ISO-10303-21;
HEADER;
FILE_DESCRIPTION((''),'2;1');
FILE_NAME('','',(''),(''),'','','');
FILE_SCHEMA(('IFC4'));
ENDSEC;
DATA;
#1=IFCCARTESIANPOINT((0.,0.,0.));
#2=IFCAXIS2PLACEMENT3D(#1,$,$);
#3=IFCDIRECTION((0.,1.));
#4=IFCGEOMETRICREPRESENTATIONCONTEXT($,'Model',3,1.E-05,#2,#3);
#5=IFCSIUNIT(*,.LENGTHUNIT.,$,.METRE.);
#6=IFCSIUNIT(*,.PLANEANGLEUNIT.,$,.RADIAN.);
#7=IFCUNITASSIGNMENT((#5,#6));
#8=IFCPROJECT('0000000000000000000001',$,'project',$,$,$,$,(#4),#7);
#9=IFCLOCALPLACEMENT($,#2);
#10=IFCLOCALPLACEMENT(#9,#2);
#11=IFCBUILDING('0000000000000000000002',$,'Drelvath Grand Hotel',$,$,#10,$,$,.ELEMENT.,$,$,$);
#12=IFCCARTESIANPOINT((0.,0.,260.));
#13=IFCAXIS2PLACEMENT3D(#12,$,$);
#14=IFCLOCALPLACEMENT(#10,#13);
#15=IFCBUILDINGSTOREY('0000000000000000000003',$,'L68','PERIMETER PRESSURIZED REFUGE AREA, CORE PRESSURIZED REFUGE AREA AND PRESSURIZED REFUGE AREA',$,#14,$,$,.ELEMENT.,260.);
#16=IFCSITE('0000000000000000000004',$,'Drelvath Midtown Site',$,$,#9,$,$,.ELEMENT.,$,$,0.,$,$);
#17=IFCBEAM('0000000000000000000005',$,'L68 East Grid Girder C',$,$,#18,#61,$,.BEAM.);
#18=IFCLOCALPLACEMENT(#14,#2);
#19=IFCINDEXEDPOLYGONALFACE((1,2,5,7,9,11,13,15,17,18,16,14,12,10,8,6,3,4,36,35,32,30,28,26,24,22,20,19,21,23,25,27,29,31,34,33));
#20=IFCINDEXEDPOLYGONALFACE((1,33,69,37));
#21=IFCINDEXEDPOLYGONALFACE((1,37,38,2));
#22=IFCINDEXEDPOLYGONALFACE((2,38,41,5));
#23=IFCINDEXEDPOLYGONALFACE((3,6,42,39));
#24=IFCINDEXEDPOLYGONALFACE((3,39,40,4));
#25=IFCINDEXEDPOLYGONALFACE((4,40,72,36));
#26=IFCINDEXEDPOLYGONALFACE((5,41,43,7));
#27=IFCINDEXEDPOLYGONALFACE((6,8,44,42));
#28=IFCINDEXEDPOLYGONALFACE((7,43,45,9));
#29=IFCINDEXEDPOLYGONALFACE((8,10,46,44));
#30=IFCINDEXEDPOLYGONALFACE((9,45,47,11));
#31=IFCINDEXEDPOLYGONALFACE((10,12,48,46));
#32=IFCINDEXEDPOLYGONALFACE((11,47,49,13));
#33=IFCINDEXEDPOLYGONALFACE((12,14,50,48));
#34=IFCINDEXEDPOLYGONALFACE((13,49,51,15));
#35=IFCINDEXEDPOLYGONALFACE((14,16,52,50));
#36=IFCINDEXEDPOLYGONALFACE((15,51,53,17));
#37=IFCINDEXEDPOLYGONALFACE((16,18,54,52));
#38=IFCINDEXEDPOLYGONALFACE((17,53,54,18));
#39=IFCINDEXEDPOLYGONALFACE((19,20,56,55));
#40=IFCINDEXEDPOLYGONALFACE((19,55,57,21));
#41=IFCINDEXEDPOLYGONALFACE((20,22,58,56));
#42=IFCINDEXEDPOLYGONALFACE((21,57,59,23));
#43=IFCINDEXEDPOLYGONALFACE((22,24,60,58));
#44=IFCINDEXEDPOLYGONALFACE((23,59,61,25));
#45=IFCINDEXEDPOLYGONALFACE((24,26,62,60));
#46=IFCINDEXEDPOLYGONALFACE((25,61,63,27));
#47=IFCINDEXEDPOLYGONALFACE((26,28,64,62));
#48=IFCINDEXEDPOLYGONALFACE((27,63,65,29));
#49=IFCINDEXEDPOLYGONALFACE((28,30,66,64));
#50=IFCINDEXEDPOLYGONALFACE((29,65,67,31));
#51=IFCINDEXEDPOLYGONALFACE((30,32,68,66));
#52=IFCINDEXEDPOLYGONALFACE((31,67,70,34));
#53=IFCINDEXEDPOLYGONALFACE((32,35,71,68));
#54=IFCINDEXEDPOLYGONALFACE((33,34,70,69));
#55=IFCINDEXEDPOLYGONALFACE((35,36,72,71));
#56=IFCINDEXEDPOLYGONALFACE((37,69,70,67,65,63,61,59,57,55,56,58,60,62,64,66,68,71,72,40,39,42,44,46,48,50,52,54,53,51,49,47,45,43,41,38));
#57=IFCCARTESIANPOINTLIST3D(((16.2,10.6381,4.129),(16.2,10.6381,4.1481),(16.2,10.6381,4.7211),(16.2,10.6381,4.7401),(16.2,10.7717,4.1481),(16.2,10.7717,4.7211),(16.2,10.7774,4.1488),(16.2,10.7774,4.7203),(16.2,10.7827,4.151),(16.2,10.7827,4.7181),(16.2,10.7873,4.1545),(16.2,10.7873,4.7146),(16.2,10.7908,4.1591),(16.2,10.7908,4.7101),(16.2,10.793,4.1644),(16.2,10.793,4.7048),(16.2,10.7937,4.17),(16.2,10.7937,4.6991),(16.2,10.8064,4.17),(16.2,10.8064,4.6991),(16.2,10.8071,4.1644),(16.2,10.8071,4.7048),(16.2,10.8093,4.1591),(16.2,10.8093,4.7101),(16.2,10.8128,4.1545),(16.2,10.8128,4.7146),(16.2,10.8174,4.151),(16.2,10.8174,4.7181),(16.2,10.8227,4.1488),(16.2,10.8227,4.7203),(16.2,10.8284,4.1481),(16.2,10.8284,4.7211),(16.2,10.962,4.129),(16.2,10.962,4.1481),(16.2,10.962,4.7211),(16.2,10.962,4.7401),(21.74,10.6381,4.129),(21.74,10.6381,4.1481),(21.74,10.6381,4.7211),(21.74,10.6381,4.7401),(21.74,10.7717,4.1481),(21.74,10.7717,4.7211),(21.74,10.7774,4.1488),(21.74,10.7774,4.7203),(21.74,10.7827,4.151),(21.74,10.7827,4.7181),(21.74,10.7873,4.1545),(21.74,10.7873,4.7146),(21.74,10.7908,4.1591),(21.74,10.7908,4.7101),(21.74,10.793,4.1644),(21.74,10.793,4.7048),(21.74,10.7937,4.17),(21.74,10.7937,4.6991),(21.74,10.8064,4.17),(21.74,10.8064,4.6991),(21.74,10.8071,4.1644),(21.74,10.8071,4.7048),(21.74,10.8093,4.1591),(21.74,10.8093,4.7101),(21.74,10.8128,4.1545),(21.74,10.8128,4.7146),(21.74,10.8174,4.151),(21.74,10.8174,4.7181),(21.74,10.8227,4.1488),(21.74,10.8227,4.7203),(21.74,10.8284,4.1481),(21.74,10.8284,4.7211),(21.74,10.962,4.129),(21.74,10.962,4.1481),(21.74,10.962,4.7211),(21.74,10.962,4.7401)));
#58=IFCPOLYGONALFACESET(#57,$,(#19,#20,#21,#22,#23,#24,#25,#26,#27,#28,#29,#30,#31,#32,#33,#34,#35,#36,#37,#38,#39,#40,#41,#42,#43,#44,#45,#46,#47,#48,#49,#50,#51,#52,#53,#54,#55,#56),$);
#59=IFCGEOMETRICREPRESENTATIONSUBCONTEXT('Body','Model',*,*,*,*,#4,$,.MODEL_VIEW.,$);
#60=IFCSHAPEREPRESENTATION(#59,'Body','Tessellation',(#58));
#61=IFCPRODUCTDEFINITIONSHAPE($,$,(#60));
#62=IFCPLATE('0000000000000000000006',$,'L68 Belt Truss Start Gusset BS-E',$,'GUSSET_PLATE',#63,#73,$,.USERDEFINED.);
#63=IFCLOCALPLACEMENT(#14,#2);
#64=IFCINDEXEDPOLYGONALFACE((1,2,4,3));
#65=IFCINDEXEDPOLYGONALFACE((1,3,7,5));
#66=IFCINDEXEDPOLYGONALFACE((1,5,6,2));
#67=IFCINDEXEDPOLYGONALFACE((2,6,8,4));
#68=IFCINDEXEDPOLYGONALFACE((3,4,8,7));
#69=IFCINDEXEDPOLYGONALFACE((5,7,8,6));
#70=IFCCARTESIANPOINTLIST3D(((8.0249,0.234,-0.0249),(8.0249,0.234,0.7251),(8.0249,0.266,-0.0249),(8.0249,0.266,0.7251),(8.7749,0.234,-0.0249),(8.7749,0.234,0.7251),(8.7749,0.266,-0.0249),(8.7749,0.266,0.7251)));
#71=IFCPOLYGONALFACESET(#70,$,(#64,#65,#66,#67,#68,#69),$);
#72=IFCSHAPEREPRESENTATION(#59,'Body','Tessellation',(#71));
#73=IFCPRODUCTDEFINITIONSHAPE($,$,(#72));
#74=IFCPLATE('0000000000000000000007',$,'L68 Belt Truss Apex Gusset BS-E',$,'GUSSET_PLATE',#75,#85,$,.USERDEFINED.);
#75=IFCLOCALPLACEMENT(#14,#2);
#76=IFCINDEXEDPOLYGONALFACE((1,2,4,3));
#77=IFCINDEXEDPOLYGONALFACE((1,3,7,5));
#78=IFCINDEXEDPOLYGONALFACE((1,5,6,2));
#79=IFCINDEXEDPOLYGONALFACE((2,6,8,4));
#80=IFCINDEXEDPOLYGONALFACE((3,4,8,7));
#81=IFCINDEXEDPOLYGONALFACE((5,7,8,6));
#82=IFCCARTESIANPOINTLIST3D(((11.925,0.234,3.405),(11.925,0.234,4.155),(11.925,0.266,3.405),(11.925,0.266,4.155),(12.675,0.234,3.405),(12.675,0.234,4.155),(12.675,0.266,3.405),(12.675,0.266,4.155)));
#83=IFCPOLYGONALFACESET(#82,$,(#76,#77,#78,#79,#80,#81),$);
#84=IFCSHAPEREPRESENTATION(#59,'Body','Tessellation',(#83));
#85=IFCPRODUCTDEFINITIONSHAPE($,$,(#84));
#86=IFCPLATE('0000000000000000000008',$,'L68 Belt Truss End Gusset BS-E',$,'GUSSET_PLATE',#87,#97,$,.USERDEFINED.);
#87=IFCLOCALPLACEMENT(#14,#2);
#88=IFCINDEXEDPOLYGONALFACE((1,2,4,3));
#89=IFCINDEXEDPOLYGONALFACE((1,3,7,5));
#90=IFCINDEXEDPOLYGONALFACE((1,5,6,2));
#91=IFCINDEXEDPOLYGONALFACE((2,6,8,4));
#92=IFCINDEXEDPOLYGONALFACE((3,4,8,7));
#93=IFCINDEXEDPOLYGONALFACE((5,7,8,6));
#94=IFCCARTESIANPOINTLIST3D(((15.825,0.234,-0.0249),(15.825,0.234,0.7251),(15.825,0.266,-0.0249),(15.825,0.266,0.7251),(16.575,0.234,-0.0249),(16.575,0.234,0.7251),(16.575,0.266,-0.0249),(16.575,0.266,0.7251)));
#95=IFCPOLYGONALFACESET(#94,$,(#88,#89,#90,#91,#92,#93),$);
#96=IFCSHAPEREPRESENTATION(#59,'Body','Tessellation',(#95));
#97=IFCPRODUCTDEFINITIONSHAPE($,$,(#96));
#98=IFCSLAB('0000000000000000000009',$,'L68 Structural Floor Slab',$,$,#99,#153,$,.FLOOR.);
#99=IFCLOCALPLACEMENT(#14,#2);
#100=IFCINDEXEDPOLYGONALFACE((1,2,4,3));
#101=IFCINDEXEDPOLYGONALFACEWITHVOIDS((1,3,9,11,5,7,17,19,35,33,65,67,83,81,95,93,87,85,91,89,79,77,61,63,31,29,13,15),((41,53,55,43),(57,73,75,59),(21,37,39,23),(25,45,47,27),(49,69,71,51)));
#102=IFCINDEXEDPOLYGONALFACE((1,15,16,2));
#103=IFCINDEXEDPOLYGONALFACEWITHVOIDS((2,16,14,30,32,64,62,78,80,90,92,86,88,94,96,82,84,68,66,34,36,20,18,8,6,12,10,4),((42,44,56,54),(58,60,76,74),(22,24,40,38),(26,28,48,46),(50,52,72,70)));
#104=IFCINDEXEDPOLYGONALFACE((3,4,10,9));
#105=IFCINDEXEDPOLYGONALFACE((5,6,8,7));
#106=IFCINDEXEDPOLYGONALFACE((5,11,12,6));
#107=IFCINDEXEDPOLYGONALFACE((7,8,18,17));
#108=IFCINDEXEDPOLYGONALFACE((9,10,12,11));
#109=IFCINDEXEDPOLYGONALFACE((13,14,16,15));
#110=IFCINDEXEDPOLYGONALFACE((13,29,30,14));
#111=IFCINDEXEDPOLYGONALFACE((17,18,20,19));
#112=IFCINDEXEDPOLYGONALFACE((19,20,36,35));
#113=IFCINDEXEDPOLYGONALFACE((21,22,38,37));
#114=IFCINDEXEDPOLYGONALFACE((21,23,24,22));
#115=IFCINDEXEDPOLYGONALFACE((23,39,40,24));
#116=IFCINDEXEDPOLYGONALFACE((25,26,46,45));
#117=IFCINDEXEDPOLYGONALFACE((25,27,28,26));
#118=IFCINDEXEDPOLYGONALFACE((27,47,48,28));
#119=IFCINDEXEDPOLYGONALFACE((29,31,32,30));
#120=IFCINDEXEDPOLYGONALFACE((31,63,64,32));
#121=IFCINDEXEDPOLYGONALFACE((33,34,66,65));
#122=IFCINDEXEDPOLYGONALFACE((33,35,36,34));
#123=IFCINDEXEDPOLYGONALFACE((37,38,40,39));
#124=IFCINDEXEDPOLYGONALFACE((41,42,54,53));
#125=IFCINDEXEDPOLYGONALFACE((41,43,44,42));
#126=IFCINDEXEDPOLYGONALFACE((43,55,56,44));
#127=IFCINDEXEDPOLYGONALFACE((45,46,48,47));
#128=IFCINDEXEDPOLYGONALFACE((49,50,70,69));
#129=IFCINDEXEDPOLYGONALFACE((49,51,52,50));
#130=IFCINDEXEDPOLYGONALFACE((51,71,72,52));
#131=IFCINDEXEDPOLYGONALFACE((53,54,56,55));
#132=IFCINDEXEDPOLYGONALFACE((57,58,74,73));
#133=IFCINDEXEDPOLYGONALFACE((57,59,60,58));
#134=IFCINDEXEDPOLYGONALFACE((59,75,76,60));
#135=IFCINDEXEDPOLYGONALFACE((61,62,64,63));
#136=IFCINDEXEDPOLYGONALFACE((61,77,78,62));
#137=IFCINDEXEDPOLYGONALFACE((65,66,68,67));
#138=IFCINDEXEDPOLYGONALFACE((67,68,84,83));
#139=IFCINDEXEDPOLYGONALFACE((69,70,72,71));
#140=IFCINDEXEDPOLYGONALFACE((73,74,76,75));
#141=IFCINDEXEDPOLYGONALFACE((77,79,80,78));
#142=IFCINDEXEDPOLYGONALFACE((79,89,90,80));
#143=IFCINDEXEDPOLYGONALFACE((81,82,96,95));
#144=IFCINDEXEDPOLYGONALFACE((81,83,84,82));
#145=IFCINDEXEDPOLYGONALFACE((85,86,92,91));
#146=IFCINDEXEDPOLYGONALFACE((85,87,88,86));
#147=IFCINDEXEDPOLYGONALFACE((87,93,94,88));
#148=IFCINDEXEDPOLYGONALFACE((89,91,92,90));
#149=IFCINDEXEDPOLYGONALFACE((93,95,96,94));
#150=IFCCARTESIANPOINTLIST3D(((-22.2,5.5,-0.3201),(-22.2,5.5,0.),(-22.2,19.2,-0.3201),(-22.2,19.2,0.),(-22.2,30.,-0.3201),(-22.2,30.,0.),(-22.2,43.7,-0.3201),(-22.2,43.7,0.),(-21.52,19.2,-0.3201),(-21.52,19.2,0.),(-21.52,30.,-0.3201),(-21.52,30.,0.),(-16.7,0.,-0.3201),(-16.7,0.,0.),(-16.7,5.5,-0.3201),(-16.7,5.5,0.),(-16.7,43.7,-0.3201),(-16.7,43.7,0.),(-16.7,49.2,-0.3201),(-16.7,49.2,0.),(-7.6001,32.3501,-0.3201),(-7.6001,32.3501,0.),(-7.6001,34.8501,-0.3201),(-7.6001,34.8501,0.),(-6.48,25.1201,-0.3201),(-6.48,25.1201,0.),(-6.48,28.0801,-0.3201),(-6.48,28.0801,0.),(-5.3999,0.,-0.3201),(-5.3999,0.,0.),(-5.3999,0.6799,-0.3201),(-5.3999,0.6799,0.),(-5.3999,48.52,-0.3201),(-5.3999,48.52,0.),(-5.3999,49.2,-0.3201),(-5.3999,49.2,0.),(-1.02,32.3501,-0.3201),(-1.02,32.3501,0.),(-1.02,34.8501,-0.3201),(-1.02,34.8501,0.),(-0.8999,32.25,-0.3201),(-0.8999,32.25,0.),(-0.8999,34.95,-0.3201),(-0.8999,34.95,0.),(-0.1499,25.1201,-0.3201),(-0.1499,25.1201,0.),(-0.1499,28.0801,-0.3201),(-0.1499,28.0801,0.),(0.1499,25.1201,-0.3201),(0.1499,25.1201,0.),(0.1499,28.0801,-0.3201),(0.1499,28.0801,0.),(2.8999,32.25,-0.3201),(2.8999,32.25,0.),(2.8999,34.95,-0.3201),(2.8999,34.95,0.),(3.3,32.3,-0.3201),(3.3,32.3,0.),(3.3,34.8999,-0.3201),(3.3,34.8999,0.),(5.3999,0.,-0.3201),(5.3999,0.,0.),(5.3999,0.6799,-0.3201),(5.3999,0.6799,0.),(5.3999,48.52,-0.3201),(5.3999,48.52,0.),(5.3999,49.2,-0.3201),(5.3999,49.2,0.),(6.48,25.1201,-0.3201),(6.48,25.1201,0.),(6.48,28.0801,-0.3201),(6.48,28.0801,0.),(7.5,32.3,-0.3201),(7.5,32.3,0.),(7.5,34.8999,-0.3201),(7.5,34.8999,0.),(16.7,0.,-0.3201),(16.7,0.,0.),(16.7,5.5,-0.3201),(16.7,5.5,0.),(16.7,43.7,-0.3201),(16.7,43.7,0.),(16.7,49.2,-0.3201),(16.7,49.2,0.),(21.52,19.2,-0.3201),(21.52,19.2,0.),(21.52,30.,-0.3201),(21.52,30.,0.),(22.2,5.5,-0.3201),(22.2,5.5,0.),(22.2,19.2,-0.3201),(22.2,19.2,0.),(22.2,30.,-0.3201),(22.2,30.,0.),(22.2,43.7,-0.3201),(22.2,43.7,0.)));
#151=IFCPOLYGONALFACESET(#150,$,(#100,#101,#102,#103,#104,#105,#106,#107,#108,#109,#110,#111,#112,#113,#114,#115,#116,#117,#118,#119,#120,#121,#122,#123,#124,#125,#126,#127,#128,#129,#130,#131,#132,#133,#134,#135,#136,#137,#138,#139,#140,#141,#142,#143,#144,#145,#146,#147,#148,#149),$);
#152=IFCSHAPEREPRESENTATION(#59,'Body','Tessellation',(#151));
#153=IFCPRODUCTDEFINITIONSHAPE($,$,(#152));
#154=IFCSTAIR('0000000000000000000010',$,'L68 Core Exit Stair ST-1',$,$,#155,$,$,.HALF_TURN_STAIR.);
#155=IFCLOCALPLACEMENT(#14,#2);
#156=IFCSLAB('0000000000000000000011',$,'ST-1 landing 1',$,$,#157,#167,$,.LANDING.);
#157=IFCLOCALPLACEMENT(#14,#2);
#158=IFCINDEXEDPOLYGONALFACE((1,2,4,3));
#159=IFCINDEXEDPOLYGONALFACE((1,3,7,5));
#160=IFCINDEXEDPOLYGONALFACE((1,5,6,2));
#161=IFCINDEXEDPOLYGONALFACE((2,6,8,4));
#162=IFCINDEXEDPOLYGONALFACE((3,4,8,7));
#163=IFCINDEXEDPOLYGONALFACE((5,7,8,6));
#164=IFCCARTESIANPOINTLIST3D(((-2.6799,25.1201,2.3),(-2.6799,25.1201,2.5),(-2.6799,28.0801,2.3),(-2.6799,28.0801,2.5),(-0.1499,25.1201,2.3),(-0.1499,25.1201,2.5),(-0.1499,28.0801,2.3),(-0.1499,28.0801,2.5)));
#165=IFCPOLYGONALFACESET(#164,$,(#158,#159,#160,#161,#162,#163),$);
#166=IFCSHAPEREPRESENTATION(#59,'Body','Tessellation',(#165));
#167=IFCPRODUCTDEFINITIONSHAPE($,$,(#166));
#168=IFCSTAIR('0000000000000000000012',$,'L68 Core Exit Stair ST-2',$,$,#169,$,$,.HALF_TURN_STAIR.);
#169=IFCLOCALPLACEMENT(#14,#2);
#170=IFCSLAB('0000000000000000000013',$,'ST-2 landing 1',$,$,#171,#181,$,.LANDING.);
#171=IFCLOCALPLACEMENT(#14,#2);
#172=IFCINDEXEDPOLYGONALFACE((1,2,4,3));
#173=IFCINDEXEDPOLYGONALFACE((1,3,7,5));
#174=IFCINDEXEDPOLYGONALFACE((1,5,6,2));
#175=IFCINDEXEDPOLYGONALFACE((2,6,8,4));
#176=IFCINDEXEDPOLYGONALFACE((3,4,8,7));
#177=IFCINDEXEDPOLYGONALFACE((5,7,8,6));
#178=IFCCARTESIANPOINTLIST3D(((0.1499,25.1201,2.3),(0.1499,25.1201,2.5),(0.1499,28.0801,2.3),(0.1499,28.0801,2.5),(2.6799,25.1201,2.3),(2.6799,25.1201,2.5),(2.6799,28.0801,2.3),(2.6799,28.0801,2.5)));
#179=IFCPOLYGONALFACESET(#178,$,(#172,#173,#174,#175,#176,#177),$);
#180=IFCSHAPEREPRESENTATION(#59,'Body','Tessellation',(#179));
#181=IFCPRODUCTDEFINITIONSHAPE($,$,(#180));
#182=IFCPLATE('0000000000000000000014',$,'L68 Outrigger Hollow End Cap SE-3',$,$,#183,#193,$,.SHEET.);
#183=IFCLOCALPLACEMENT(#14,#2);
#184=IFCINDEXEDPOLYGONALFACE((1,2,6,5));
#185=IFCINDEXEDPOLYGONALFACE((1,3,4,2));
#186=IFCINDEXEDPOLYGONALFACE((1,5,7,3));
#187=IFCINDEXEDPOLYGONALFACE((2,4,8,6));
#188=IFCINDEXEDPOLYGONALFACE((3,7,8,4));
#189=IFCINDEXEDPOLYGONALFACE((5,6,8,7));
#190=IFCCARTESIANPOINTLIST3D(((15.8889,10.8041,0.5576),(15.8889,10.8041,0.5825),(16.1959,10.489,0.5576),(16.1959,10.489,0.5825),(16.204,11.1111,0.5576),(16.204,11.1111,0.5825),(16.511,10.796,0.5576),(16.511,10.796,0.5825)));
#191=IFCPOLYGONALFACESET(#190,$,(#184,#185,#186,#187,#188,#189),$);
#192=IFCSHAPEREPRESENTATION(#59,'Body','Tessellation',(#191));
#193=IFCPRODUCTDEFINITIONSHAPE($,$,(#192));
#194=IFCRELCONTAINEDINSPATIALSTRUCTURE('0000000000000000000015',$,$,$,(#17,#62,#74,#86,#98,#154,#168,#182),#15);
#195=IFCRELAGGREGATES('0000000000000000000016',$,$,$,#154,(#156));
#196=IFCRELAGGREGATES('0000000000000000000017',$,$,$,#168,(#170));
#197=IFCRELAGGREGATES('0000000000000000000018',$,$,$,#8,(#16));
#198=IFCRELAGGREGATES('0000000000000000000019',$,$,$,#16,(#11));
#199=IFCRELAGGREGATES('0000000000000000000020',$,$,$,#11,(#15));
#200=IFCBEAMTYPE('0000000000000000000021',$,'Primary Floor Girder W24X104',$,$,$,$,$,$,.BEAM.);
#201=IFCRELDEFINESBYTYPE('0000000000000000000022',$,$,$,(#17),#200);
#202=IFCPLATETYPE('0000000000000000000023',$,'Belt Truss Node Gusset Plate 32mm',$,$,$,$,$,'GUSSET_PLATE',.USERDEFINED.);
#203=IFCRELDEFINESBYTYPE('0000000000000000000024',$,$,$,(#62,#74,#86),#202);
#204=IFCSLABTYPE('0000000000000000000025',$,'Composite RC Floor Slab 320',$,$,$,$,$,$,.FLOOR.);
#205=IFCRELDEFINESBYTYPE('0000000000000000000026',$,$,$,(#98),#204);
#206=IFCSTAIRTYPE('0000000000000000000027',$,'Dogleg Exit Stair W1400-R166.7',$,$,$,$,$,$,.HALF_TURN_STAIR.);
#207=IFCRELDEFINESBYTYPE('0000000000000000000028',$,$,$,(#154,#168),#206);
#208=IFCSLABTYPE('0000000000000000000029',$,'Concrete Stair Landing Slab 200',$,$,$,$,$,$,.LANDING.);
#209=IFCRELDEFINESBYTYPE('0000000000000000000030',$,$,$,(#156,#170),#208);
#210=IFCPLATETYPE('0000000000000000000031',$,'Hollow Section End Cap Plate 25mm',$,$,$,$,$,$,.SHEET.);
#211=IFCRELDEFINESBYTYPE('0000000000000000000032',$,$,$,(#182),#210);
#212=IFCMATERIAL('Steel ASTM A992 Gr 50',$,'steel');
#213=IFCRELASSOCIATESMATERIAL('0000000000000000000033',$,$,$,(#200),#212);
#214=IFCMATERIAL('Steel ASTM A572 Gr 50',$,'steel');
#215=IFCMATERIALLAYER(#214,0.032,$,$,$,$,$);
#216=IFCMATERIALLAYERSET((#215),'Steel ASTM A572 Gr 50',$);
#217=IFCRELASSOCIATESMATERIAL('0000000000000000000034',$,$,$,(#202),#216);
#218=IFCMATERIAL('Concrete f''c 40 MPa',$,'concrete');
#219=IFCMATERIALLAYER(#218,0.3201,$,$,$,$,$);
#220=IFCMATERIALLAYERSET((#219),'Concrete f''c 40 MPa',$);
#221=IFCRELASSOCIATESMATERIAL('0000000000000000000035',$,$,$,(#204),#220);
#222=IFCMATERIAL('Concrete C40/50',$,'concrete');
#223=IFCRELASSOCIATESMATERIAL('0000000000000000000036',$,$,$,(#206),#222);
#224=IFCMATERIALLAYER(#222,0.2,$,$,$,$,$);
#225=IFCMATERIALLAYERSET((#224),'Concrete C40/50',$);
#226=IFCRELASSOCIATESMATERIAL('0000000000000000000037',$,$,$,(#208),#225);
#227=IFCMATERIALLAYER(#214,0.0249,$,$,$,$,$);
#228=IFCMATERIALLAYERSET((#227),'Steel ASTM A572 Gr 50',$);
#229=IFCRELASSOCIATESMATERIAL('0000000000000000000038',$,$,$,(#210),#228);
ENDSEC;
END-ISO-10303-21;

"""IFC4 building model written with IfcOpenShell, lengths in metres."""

from ifc_helpers import new_model, si_unit, direction, frame, origin, origin_2d, place, context, subcontext, project, spatial, polyline, rectangle, i_section, outline, extrude, material, layer, layer_set, material_profile, profile_set, type_object, element, aggregate, save


model = new_model("IFC4")

# Units and contexts
model_context = context("Model", 3, precision=1e-05, world=origin(), true_north=direction((0.0, 1.0)))
body_context = subcontext(model_context, "Body", "Model", "MODEL_VIEW")
ifc_project = project(units=[si_unit("LENGTHUNIT", "METRE"), si_unit("PLANEANGLEUNIT", "RADIAN")], contexts=[model_context])

# Site, building, storey
site_placement = place(None, origin())
site = spatial("IfcSite", under=ifc_project, at=site_placement, Name="Drelvath Midtown Site", CompositionType="ELEMENT", RefElevation=0.0)
building_placement = place(site_placement, origin())
building = spatial("IfcBuilding", under=site, at=building_placement, Name="Drelvath Grand Hotel", CompositionType="ELEMENT")
storey_placement = place(building_placement, frame((0.0, 0.0, 260.0)))
storey = spatial("IfcBuildingStorey", under=building, at=storey_placement, Name="L68", Description="PERIMETER PRESSURIZED REFUGE AREA, CORE PRESSURIZED REFUGE AREA AND PRESSURIZED REFUGE AREA", CompositionType="ELEMENT", Elevation=260.0)

# Shared definitions
ifc_material_1 = material(Name="Steel ASTM A572 Gr 50", Category="steel")
ifc_material_2 = material(Name="Steel ASTM A992 Gr 50", Category="steel")

# Beam
ifc_material_profile_1 = material_profile(ifc_material_2, i_section(OverallWidth=0.324, OverallDepth=0.6111, WebThickness=0.0127, FlangeThickness=0.019, FilletRadius=0.022, at=origin_2d()), Name="W24X104")
ifc_profile_set_1 = profile_set([ifc_material_profile_1], Name="Steel ASTM A992 Gr 50")
beam_type_1 = type_object("IfcBeamType", Name="Primary Floor Girder W24X104", PredefinedType="BEAM", material=ifc_profile_set_1)
beam_1_placement = place(storey_placement, frame((16.2, 10.8, 4.4346), z_axis=(1.0, 0.0, 0.0), x_axis=(0.0, 1.0, 0.0)))
element("IfcBeam", 1, at=beam_1_placement, inside=storey, type_object=beam_type_1, Name="L68 East Grid Girder C", PredefinedType="BEAM", context=body_context, shape_type="SweptSolid", body=[
    extrude(i_section(OverallWidth=0.324, OverallDepth=0.6111, WebThickness=0.0127, FlangeThickness=0.019, FilletRadius=0.022, at=origin_2d()), origin(), (0.0, 0.0, 1.0), 5.54),
])

# Plates
ifc_layer_1 = layer(ifc_material_1, 0.032)
ifc_layer_set_1 = layer_set([ifc_layer_1], Name="Steel ASTM A572 Gr 50")
plate_type_1 = type_object("IfcPlateType", Name="Belt Truss Node Gusset Plate 32mm", ElementType="GUSSET_PLATE", PredefinedType="USERDEFINED", material=ifc_layer_set_1)
for number, where, z_axis, x_axis, name in (
    (2, (8.3999, 0.25, -0.0249), (0.0, 0.0, 1.0), (1.0, 0.0, 0.0), "L68 Belt Truss Start Gusset BS-E"),
    (3, (12.3, 0.25, 3.405), (0.0, 0.0, 1.0), (1.0, 0.0, 0.0), "L68 Belt Truss Apex Gusset BS-E"),
    (4, (16.2, 0.25, -0.0249), (0.0, 0.0, 1.0), (1.0, 0.0, 0.0), "L68 Belt Truss End Gusset BS-E"),
):
    element("IfcPlate", number, at=place(storey_placement, frame(where, z_axis=z_axis, x_axis=x_axis)), inside=storey, type_object=plate_type_1, Name=name, ObjectType="GUSSET_PLATE", PredefinedType="USERDEFINED", context=body_context, shape_type="SweptSolid", body=[
        extrude(rectangle(XDim=0.75, YDim=0.032, at=origin_2d()), origin(), (0.0, 0.0, 1.0), 0.75),
    ])

# Slab
ifc_material_3 = material(Name="Concrete f'c 40 MPa", Category="concrete")
ifc_layer_2 = layer(ifc_material_3, 0.3201)
ifc_layer_set_2 = layer_set([ifc_layer_2], Name="Concrete f'c 40 MPa")
slab_type_1 = type_object("IfcSlabType", Name="Composite RC Floor Slab 320", PredefinedType="FLOOR", material=ifc_layer_set_2)
slab_1_placement = place(storey_placement, frame((0.0, 0.0, -0.3201)))
element("IfcSlab", 5, at=slab_1_placement, inside=storey, type_object=slab_type_1, Name="L68 Structural Floor Slab", PredefinedType="FLOOR", context=body_context, shape_type="SweptSolid", body=[
    extrude(outline(polyline([(-16.7, 0.0), (-5.3999, 0.0), (-5.3999, 0.6799), (5.3999, 0.6799), (5.3999, 0.0), (16.7, 0.0), (16.7, 5.5), (22.2, 5.5), (22.2, 19.2), (21.52, 19.2), (21.52, 30.0), (22.2, 30.0), (22.2, 43.7), (16.7, 43.7), (16.7, 49.2), (5.3999, 49.2), (5.3999, 48.52), (-5.3999, 48.52), (-5.3999, 49.2), (-16.7, 49.2), (-16.7, 43.7), (-22.2, 43.7), (-22.2, 30.0), (-21.52, 30.0), (-21.52, 19.2), (-22.2, 19.2), (-22.2, 5.5), (-16.7, 5.5), (-16.7, 0.0)]), holes=[polyline([(-6.48, 25.1201), (-6.48, 28.0801), (-0.1499, 28.0801), (-0.1499, 25.1201), (-6.48, 25.1201)]), polyline([(0.1499, 25.1201), (0.1499, 28.0801), (6.48, 28.0801), (6.48, 25.1201), (0.1499, 25.1201)]), polyline([(-7.6001, 32.3501), (-7.6001, 34.8501), (-1.02, 34.8501), (-1.02, 32.3501), (-7.6001, 32.3501)]), polyline([(-0.8999, 32.25), (-0.8999, 34.95), (2.8999, 34.95), (2.8999, 32.25), (-0.8999, 32.25)]), polyline([(3.3, 32.3), (3.3, 34.8999), (7.5, 34.8999), (7.5, 32.3), (3.3, 32.3)])]), origin(), (0.0, 0.0, 1.0), 0.3201),
])

# Stairs, slabs
ifc_material_4 = material(Name="Concrete C40/50", Category="concrete")
stair_type = type_object("IfcStairType", Name="Dogleg Exit Stair W1400-R166.7", PredefinedType="HALF_TURN_STAIR", material=ifc_material_4)
stair_1_placement = place(storey_placement, origin())
stair_1 = element("IfcStair", 6, at=stair_1_placement, inside=storey, type_object=stair_type, Name="L68 Core Exit Stair ST-1", PredefinedType="HALF_TURN_STAIR")
ifc_layer_3 = layer(ifc_material_4, 0.2)
ifc_layer_set_3 = layer_set([ifc_layer_3], Name="Concrete C40/50")
slab_type_2 = type_object("IfcSlabType", Name="Concrete Stair Landing Slab 200", PredefinedType="LANDING", material=ifc_layer_set_3)
slab_2_placement = place(storey_placement, frame((0.0, 0.0, 2.3)))
slab_2 = element("IfcSlab", 7, at=slab_2_placement, type_object=slab_type_2, Name="ST-1 landing 1", PredefinedType="LANDING", context=body_context, shape_type="SweptSolid", body=[
    extrude(outline(polyline([(-2.6799, 25.1201), (-0.1499, 25.1201), (-0.1499, 28.0801), (-2.6799, 28.0801), (-2.6799, 25.1201)])), origin(), (0.0, 0.0, 1.0), 0.2),
])
aggregate(stair_1, [slab_2])
stair_2_placement = place(storey_placement, origin())
stair_2 = element("IfcStair", 8, at=stair_2_placement, inside=storey, type_object=stair_type, Name="L68 Core Exit Stair ST-2", PredefinedType="HALF_TURN_STAIR")
slab_3_placement = place(storey_placement, frame((0.0, 0.0, 2.3)))
slab_3 = element("IfcSlab", 9, at=slab_3_placement, type_object=slab_type_2, Name="ST-2 landing 1", PredefinedType="LANDING", context=body_context, shape_type="SweptSolid", body=[
    extrude(outline(polyline([(2.6799, 28.0801), (0.1499, 28.0801), (0.1499, 25.1201), (2.6799, 25.1201), (2.6799, 28.0801)])), origin(), (0.0, 0.0, 1.0), 0.2),
])
aggregate(stair_2, [slab_3])

# Plate
ifc_layer_4 = layer(ifc_material_1, 0.0249)
ifc_layer_set_4 = layer_set([ifc_layer_4], Name="Steel ASTM A572 Gr 50")
plate_type_2 = type_object("IfcPlateType", Name="Hollow Section End Cap Plate 25mm", PredefinedType="SHEET", material=ifc_layer_set_4)
plate_1_placement = place(storey_placement, frame((16.2, 10.8, 0.5576), z_axis=(0.0, 0.0, 1.0), x_axis=(0.697865, -0.71623, 0.0)))
element("IfcPlate", 10, at=plate_1_placement, inside=storey, type_object=plate_type_2, Name="L68 Outrigger Hollow End Cap SE-3", PredefinedType="SHEET", context=body_context, shape_type="SweptSolid", body=[
    extrude(rectangle(XDim=0.4399, YDim=0.4399, at=origin_2d()), origin(), (0.0, 0.0, 1.0), 0.0249),
])

save(model, "model.ifc")
